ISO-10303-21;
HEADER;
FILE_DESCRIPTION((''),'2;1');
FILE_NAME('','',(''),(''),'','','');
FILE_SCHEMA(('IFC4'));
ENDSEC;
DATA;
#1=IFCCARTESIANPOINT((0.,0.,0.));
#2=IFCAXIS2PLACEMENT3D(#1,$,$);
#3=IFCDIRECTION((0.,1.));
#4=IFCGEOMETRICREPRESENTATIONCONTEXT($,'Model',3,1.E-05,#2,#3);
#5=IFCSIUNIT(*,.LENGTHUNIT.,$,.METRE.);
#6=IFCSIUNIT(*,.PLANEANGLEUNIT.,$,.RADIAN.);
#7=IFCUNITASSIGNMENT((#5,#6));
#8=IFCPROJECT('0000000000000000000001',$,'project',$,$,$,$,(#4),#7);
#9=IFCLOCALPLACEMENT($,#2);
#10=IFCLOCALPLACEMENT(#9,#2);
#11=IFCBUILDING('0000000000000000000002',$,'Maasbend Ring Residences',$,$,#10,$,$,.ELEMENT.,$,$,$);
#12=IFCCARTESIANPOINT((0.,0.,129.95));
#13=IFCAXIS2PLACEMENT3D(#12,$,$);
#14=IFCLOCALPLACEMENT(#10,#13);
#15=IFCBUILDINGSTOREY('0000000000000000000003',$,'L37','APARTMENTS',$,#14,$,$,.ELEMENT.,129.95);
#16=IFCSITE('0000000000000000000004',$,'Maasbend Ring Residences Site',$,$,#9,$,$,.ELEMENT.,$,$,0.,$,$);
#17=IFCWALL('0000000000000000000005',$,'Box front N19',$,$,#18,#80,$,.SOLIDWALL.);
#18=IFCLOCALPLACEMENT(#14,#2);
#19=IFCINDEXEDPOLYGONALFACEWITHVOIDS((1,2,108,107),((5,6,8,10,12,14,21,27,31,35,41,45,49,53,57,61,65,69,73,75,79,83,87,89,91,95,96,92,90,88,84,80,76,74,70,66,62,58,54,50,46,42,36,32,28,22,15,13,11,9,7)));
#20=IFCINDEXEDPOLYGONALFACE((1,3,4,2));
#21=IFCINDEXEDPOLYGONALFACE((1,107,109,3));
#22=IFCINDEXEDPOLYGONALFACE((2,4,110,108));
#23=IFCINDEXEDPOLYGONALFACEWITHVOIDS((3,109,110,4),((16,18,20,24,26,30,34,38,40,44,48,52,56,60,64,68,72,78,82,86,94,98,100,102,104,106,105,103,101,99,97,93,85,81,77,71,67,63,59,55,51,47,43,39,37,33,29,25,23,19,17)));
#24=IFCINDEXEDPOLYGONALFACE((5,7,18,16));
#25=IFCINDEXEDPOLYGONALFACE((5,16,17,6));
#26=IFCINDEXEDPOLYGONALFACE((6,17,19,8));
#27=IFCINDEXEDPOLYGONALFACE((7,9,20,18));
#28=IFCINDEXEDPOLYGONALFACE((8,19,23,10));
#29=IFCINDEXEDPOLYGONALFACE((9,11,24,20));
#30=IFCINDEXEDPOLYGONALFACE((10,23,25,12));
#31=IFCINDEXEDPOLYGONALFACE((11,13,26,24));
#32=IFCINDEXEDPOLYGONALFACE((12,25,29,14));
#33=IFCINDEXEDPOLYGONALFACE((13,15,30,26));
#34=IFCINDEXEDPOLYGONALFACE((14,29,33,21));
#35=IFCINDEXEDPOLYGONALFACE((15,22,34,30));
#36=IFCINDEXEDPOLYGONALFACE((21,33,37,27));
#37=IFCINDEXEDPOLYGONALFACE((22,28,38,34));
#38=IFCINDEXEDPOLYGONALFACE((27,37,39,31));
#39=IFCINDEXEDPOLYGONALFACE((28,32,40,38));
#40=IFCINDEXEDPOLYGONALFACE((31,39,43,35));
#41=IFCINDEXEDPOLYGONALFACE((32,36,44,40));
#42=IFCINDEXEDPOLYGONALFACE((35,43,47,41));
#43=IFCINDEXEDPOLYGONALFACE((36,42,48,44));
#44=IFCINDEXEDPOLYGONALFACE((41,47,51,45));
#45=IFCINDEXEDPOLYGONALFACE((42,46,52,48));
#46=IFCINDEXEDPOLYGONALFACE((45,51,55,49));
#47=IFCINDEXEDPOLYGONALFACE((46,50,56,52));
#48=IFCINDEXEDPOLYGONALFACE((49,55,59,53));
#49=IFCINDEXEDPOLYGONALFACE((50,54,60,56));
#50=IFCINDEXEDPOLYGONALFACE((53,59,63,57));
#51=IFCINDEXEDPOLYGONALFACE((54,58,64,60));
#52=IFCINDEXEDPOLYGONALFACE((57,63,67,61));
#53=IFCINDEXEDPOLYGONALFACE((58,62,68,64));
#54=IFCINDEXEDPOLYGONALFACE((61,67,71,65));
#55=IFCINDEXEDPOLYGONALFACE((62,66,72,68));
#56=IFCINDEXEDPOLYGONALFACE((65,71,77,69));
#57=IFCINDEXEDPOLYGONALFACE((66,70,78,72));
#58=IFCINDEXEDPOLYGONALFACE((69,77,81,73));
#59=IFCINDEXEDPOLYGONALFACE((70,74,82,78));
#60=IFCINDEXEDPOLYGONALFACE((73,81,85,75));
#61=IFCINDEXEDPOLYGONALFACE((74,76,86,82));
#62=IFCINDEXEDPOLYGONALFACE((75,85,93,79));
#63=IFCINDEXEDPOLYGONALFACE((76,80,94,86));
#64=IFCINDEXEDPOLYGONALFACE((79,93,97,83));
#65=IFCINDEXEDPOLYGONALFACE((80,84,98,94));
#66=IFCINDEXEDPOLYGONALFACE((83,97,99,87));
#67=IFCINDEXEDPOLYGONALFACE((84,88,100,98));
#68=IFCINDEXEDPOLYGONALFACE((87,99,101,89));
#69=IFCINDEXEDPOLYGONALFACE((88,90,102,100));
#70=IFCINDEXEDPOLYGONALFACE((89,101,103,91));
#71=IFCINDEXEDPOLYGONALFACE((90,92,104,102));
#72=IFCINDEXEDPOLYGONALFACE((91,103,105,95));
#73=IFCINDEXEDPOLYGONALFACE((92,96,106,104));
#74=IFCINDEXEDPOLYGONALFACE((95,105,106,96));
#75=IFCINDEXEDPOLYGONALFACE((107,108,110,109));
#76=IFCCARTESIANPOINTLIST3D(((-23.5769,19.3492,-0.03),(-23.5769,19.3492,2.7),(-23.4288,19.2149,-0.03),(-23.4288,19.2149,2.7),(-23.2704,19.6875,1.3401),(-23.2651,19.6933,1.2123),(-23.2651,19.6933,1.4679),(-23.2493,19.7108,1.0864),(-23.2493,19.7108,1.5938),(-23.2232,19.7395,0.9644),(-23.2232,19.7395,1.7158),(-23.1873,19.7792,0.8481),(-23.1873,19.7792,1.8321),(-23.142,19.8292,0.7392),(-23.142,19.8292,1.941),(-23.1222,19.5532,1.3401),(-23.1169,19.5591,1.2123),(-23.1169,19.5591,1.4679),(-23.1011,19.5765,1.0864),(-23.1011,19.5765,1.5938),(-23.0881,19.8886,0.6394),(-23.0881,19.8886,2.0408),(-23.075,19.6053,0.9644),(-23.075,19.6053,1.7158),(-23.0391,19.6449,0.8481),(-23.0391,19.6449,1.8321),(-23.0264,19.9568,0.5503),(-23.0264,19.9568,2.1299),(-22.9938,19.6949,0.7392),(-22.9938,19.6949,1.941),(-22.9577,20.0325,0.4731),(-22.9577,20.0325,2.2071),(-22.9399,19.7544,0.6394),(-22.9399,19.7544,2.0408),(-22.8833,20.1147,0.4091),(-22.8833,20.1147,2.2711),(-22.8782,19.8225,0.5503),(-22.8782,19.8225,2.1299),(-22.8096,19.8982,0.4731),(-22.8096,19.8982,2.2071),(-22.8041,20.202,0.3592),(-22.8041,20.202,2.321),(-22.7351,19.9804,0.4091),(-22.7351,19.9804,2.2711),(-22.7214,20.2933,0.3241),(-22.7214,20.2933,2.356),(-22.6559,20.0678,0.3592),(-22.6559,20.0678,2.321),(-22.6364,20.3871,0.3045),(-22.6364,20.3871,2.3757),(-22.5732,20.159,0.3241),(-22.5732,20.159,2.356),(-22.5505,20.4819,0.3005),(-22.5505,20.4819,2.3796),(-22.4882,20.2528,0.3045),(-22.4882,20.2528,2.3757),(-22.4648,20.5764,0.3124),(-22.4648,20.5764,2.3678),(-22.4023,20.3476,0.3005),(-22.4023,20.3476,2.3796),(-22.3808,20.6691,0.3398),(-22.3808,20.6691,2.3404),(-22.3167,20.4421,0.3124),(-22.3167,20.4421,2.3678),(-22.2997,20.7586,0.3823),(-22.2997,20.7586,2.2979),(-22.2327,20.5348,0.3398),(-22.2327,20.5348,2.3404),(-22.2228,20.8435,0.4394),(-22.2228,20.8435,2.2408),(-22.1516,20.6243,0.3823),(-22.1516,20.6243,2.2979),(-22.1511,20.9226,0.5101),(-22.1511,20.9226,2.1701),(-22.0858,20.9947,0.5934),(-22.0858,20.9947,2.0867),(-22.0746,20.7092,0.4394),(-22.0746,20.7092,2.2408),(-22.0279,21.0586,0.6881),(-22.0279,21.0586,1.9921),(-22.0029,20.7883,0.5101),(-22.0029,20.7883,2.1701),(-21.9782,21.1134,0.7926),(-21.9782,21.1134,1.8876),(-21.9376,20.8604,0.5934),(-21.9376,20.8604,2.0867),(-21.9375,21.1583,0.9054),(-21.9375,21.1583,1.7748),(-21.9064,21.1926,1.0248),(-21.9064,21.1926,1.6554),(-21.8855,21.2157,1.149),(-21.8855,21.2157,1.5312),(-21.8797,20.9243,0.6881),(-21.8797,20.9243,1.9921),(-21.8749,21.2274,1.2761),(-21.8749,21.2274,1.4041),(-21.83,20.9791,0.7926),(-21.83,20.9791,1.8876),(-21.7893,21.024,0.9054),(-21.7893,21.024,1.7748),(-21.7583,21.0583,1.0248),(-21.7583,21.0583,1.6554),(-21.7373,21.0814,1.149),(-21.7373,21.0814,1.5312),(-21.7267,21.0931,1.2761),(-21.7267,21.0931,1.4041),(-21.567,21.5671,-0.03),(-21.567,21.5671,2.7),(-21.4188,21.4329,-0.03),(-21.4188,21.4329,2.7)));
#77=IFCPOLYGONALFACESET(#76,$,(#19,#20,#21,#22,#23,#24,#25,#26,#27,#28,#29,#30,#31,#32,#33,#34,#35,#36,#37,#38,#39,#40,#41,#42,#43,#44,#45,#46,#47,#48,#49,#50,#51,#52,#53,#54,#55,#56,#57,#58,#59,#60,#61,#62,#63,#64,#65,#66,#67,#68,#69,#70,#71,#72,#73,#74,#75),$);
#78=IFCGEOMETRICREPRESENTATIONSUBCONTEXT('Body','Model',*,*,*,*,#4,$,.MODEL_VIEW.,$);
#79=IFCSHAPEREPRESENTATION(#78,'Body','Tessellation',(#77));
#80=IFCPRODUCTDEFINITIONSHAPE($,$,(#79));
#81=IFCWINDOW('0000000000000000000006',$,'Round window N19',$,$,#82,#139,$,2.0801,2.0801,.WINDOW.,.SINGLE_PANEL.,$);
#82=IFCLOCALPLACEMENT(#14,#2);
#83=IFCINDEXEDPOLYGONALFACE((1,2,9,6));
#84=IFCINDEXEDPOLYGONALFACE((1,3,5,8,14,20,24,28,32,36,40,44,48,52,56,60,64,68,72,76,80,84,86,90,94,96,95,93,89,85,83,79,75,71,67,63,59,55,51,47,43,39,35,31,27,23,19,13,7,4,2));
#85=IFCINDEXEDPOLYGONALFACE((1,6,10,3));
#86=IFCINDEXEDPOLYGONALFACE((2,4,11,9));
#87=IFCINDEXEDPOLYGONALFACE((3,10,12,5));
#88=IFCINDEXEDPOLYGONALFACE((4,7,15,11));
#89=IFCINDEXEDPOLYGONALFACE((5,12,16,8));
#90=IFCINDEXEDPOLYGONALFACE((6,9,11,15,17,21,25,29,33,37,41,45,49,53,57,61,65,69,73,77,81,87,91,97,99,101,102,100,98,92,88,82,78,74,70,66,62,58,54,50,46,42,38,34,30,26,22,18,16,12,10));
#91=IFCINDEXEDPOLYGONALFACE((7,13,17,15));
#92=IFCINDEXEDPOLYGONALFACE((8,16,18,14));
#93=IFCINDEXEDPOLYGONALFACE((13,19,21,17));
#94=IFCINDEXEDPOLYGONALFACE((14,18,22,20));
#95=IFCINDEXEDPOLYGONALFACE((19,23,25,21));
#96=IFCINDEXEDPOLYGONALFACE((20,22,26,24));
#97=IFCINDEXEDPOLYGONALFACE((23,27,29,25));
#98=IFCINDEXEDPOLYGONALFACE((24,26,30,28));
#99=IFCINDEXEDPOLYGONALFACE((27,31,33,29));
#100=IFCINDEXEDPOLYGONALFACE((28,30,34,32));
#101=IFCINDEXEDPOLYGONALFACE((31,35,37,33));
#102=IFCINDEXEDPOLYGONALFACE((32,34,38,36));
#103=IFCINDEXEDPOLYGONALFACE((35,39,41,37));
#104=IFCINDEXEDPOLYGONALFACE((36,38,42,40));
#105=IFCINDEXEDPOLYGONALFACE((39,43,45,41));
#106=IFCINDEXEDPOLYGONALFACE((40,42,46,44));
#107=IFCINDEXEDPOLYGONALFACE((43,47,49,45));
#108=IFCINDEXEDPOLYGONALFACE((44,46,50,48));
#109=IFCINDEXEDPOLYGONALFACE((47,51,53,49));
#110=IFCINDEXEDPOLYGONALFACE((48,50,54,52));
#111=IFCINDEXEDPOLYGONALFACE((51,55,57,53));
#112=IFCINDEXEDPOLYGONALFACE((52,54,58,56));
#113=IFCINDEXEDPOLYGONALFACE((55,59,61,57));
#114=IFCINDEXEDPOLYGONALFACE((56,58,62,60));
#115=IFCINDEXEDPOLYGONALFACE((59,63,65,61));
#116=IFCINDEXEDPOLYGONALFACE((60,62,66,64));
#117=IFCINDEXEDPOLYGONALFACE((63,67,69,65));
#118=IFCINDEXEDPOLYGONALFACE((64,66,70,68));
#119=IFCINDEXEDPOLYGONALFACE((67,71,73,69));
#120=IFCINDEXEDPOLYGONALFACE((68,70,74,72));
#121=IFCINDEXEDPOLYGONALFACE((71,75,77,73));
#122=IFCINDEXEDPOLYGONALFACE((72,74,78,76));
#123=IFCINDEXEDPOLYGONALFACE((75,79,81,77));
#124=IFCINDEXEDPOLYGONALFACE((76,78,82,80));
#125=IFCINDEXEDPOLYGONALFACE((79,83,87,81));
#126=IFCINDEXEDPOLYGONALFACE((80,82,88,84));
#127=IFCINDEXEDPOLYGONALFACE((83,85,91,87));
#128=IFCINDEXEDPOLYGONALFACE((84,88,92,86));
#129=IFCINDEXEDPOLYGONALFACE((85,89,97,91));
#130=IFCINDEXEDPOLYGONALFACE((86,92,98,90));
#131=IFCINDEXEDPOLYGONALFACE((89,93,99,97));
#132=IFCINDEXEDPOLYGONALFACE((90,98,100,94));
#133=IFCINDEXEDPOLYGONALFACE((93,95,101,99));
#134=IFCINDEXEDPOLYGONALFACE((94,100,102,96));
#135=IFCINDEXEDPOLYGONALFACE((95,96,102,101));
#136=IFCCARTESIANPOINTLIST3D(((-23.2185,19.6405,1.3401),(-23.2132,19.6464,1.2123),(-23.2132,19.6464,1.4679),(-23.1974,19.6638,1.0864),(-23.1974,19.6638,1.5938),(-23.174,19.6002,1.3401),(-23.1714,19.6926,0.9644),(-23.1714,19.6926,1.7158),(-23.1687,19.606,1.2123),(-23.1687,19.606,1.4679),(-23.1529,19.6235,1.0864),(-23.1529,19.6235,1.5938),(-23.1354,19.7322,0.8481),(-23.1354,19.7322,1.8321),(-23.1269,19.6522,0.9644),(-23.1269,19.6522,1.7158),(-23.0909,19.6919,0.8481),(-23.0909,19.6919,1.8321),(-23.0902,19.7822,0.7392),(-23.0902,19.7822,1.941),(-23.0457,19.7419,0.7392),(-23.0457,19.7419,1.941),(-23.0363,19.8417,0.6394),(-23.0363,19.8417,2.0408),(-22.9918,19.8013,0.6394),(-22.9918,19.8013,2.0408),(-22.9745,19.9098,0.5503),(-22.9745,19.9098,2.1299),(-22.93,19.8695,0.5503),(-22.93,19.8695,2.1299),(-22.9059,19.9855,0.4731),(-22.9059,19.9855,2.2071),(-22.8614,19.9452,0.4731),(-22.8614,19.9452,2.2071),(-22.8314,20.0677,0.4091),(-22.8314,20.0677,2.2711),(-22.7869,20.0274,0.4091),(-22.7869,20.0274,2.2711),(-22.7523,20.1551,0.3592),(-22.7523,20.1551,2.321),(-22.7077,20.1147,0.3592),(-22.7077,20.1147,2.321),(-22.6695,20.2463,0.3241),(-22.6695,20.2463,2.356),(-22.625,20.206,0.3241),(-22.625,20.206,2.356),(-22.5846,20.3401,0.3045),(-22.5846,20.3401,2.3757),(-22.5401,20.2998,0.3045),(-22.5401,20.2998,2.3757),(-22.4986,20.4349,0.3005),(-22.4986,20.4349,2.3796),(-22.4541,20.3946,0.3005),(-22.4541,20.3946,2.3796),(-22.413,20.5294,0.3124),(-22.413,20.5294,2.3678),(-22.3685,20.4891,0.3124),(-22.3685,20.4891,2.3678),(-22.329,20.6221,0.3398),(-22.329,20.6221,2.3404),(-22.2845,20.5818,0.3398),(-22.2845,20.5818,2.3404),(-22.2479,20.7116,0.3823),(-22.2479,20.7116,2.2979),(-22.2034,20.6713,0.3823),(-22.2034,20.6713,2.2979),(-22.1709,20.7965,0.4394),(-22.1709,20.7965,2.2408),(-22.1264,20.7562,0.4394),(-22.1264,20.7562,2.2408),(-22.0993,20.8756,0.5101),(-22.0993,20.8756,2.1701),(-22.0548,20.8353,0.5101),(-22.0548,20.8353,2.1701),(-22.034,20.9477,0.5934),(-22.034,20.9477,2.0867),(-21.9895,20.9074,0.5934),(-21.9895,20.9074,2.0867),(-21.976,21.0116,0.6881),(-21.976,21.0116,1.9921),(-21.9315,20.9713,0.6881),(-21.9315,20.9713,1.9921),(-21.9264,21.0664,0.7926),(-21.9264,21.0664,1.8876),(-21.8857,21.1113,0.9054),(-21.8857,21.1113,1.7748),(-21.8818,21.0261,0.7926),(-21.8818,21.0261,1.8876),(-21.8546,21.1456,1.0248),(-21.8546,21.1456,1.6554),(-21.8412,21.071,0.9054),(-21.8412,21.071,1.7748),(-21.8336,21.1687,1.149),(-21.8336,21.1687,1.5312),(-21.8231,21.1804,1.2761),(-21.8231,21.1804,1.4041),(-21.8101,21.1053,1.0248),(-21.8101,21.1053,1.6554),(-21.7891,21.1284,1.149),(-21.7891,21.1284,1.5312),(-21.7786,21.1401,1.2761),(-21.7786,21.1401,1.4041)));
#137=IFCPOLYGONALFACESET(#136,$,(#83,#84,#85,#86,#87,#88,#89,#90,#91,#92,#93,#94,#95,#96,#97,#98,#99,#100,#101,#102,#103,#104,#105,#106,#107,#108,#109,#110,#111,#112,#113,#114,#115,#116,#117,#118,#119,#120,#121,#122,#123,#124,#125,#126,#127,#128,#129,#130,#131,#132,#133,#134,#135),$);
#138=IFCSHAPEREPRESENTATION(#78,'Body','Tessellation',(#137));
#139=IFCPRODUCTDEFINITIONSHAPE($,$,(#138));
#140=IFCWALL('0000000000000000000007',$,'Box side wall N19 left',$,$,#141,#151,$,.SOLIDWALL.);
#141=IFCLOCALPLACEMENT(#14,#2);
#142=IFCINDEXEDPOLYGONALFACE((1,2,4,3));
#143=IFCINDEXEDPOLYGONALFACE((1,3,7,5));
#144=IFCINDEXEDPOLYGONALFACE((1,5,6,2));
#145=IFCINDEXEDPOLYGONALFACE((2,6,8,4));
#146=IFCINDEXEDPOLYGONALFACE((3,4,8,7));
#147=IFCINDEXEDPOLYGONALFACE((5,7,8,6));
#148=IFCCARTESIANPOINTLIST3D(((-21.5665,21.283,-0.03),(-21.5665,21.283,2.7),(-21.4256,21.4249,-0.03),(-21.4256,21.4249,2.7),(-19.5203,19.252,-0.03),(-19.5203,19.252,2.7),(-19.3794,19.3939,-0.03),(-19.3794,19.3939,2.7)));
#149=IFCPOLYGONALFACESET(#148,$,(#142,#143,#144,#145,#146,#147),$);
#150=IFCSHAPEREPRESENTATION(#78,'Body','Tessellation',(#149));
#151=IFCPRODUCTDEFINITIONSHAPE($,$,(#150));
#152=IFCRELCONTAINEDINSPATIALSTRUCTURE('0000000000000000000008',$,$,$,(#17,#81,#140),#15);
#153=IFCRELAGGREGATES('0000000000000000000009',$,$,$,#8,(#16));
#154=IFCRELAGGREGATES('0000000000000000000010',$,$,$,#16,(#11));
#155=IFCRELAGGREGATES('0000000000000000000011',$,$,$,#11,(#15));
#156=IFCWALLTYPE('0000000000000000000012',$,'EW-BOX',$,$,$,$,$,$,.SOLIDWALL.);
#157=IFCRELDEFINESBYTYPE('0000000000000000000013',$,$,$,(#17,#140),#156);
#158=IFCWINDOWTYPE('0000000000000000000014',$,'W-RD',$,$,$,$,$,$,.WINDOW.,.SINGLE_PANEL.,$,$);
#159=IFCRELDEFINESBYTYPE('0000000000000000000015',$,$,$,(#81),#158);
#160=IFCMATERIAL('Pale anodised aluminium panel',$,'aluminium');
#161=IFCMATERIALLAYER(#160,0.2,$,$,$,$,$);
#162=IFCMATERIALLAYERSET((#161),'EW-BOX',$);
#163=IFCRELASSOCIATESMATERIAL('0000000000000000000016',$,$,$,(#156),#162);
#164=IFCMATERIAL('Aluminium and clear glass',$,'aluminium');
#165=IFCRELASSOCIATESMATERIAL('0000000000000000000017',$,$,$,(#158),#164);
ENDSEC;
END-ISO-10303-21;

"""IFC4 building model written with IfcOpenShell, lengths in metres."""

from ifc_helpers import new_model, si_unit, direction, frame, frame_2d, origin, place, context, subcontext, project, spatial, rectangle, circle, extrude, material, layer, layer_set, type_object, element, fill, save


model = new_model("IFC4")

# Units and contexts
model_context = context("Model", 3, precision=1e-05, world=origin(), true_north=direction((0.0, 1.0)))
body_context = subcontext(model_context, "Body", "Model", "MODEL_VIEW")
ifc_project = project(units=[si_unit("LENGTHUNIT", "METRE"), si_unit("PLANEANGLEUNIT", "RADIAN")], contexts=[model_context])

# Site, building, storey
site_placement = place(None, origin())
site = spatial("IfcSite", under=ifc_project, at=site_placement, Name="Maasbend Ring Residences Site", CompositionType="ELEMENT", RefElevation=0.0)
building_placement = place(site_placement, origin())
building = spatial("IfcBuilding", under=site, at=building_placement, Name="Maasbend Ring Residences", CompositionType="ELEMENT")
storey_placement = place(building_placement, frame((0.0, 0.0, 129.95)))
storey = spatial("IfcBuildingStorey", under=building, at=storey_placement, Name="L37", Description="APARTMENTS", CompositionType="ELEMENT", Elevation=129.95)

# Shared definitions
ifc_material_1 = material(Name="Pale anodised aluminium panel", Category="aluminium")
ifc_layer_1 = layer(ifc_material_1, 0.2)
ifc_layer_set_1 = layer_set([ifc_layer_1], Name="EW-BOX")
wall_type_1 = type_object("IfcWallType", Name="EW-BOX", PredefinedType="SOLIDWALL", material=ifc_layer_set_1)
ifc_material_2 = material(Name="Aluminium and clear glass", Category="aluminium")
window_type_1 = type_object("IfcWindowType", Name="W-RD", PartitioningType="SINGLE_PANEL", PredefinedType="WINDOW", material=ifc_material_2)

# Wall, opening, window
wall_1_placement = place(storey_placement, frame((-21.4929, 21.5, -0.03), z_axis=(0.0, 0.0, 1.0), x_axis=(-0.671507, -0.740998, 0.0)))
wall_1 = element("IfcWall", 1, at=wall_1_placement, inside=storey, type_object=wall_type_1, Name="Box front N19", PredefinedType="SOLIDWALL", context=body_context, shape_type="SweptSolid", body=[
    extrude(rectangle(XDim=2.9932, YDim=0.2, at=frame_2d((1.4966, 0.0))), origin(), (0.0, 0.0, 1.0), 2.73),
])
opening_1_placement = place(wall_1_placement, frame((0.4565, 0.0, 0.3301)))
opening_1 = element("IfcOpeningElement", 2, at=opening_1_placement, cuts=wall_1, PredefinedType="OPENING", context=body_context, shape_type="SweptSolid", body=[
    extrude(circle(Radius=1.04, at=frame_2d((1.04, 1.04))), frame((0.0, 0.1099, 0.0), z_axis=(0.0, -1.0, 0.0), x_axis=(1.0, 0.0, 0.0)), (0.0, 0.0, 1.0), 0.22),
])
window_1_placement = place(opening_1_placement, origin())
window_1 = element("IfcWindow", 3, at=window_1_placement, inside=storey, type_object=window_type_1, Name="Round window N19", OverallHeight=2.0801, OverallWidth=2.0801, PartitioningType="SINGLE_PANEL", PredefinedType="WINDOW", context=body_context, shape_type="SweptSolid", body=[
    extrude(circle(Radius=1.04, at=frame_2d((1.04, 1.04))), frame((0.0, 0.03, 0.0), z_axis=(0.0, -1.0, 0.0), x_axis=(1.0, 0.0, 0.0)), (0.0, 0.0, 1.0), 0.0601),
])
fill(opening_1, window_1)

# Wall
wall_2_placement = place(storey_placement, frame((-19.45, 19.323, -0.03), z_axis=(0.0, 0.0, 1.0), x_axis=(-0.709727, 0.704477, 0.0)))
element("IfcWall", 4, at=wall_2_placement, inside=storey, type_object=wall_type_1, Name="Box side wall N19 left", PredefinedType="SOLIDWALL", context=body_context, shape_type="SweptSolid", body=[
    extrude(rectangle(XDim=2.8831, YDim=0.2, at=frame_2d((1.4414, 0.0))), origin(), (0.0, 0.0, 1.0), 2.73),
])

save(model, "model.ifc")
